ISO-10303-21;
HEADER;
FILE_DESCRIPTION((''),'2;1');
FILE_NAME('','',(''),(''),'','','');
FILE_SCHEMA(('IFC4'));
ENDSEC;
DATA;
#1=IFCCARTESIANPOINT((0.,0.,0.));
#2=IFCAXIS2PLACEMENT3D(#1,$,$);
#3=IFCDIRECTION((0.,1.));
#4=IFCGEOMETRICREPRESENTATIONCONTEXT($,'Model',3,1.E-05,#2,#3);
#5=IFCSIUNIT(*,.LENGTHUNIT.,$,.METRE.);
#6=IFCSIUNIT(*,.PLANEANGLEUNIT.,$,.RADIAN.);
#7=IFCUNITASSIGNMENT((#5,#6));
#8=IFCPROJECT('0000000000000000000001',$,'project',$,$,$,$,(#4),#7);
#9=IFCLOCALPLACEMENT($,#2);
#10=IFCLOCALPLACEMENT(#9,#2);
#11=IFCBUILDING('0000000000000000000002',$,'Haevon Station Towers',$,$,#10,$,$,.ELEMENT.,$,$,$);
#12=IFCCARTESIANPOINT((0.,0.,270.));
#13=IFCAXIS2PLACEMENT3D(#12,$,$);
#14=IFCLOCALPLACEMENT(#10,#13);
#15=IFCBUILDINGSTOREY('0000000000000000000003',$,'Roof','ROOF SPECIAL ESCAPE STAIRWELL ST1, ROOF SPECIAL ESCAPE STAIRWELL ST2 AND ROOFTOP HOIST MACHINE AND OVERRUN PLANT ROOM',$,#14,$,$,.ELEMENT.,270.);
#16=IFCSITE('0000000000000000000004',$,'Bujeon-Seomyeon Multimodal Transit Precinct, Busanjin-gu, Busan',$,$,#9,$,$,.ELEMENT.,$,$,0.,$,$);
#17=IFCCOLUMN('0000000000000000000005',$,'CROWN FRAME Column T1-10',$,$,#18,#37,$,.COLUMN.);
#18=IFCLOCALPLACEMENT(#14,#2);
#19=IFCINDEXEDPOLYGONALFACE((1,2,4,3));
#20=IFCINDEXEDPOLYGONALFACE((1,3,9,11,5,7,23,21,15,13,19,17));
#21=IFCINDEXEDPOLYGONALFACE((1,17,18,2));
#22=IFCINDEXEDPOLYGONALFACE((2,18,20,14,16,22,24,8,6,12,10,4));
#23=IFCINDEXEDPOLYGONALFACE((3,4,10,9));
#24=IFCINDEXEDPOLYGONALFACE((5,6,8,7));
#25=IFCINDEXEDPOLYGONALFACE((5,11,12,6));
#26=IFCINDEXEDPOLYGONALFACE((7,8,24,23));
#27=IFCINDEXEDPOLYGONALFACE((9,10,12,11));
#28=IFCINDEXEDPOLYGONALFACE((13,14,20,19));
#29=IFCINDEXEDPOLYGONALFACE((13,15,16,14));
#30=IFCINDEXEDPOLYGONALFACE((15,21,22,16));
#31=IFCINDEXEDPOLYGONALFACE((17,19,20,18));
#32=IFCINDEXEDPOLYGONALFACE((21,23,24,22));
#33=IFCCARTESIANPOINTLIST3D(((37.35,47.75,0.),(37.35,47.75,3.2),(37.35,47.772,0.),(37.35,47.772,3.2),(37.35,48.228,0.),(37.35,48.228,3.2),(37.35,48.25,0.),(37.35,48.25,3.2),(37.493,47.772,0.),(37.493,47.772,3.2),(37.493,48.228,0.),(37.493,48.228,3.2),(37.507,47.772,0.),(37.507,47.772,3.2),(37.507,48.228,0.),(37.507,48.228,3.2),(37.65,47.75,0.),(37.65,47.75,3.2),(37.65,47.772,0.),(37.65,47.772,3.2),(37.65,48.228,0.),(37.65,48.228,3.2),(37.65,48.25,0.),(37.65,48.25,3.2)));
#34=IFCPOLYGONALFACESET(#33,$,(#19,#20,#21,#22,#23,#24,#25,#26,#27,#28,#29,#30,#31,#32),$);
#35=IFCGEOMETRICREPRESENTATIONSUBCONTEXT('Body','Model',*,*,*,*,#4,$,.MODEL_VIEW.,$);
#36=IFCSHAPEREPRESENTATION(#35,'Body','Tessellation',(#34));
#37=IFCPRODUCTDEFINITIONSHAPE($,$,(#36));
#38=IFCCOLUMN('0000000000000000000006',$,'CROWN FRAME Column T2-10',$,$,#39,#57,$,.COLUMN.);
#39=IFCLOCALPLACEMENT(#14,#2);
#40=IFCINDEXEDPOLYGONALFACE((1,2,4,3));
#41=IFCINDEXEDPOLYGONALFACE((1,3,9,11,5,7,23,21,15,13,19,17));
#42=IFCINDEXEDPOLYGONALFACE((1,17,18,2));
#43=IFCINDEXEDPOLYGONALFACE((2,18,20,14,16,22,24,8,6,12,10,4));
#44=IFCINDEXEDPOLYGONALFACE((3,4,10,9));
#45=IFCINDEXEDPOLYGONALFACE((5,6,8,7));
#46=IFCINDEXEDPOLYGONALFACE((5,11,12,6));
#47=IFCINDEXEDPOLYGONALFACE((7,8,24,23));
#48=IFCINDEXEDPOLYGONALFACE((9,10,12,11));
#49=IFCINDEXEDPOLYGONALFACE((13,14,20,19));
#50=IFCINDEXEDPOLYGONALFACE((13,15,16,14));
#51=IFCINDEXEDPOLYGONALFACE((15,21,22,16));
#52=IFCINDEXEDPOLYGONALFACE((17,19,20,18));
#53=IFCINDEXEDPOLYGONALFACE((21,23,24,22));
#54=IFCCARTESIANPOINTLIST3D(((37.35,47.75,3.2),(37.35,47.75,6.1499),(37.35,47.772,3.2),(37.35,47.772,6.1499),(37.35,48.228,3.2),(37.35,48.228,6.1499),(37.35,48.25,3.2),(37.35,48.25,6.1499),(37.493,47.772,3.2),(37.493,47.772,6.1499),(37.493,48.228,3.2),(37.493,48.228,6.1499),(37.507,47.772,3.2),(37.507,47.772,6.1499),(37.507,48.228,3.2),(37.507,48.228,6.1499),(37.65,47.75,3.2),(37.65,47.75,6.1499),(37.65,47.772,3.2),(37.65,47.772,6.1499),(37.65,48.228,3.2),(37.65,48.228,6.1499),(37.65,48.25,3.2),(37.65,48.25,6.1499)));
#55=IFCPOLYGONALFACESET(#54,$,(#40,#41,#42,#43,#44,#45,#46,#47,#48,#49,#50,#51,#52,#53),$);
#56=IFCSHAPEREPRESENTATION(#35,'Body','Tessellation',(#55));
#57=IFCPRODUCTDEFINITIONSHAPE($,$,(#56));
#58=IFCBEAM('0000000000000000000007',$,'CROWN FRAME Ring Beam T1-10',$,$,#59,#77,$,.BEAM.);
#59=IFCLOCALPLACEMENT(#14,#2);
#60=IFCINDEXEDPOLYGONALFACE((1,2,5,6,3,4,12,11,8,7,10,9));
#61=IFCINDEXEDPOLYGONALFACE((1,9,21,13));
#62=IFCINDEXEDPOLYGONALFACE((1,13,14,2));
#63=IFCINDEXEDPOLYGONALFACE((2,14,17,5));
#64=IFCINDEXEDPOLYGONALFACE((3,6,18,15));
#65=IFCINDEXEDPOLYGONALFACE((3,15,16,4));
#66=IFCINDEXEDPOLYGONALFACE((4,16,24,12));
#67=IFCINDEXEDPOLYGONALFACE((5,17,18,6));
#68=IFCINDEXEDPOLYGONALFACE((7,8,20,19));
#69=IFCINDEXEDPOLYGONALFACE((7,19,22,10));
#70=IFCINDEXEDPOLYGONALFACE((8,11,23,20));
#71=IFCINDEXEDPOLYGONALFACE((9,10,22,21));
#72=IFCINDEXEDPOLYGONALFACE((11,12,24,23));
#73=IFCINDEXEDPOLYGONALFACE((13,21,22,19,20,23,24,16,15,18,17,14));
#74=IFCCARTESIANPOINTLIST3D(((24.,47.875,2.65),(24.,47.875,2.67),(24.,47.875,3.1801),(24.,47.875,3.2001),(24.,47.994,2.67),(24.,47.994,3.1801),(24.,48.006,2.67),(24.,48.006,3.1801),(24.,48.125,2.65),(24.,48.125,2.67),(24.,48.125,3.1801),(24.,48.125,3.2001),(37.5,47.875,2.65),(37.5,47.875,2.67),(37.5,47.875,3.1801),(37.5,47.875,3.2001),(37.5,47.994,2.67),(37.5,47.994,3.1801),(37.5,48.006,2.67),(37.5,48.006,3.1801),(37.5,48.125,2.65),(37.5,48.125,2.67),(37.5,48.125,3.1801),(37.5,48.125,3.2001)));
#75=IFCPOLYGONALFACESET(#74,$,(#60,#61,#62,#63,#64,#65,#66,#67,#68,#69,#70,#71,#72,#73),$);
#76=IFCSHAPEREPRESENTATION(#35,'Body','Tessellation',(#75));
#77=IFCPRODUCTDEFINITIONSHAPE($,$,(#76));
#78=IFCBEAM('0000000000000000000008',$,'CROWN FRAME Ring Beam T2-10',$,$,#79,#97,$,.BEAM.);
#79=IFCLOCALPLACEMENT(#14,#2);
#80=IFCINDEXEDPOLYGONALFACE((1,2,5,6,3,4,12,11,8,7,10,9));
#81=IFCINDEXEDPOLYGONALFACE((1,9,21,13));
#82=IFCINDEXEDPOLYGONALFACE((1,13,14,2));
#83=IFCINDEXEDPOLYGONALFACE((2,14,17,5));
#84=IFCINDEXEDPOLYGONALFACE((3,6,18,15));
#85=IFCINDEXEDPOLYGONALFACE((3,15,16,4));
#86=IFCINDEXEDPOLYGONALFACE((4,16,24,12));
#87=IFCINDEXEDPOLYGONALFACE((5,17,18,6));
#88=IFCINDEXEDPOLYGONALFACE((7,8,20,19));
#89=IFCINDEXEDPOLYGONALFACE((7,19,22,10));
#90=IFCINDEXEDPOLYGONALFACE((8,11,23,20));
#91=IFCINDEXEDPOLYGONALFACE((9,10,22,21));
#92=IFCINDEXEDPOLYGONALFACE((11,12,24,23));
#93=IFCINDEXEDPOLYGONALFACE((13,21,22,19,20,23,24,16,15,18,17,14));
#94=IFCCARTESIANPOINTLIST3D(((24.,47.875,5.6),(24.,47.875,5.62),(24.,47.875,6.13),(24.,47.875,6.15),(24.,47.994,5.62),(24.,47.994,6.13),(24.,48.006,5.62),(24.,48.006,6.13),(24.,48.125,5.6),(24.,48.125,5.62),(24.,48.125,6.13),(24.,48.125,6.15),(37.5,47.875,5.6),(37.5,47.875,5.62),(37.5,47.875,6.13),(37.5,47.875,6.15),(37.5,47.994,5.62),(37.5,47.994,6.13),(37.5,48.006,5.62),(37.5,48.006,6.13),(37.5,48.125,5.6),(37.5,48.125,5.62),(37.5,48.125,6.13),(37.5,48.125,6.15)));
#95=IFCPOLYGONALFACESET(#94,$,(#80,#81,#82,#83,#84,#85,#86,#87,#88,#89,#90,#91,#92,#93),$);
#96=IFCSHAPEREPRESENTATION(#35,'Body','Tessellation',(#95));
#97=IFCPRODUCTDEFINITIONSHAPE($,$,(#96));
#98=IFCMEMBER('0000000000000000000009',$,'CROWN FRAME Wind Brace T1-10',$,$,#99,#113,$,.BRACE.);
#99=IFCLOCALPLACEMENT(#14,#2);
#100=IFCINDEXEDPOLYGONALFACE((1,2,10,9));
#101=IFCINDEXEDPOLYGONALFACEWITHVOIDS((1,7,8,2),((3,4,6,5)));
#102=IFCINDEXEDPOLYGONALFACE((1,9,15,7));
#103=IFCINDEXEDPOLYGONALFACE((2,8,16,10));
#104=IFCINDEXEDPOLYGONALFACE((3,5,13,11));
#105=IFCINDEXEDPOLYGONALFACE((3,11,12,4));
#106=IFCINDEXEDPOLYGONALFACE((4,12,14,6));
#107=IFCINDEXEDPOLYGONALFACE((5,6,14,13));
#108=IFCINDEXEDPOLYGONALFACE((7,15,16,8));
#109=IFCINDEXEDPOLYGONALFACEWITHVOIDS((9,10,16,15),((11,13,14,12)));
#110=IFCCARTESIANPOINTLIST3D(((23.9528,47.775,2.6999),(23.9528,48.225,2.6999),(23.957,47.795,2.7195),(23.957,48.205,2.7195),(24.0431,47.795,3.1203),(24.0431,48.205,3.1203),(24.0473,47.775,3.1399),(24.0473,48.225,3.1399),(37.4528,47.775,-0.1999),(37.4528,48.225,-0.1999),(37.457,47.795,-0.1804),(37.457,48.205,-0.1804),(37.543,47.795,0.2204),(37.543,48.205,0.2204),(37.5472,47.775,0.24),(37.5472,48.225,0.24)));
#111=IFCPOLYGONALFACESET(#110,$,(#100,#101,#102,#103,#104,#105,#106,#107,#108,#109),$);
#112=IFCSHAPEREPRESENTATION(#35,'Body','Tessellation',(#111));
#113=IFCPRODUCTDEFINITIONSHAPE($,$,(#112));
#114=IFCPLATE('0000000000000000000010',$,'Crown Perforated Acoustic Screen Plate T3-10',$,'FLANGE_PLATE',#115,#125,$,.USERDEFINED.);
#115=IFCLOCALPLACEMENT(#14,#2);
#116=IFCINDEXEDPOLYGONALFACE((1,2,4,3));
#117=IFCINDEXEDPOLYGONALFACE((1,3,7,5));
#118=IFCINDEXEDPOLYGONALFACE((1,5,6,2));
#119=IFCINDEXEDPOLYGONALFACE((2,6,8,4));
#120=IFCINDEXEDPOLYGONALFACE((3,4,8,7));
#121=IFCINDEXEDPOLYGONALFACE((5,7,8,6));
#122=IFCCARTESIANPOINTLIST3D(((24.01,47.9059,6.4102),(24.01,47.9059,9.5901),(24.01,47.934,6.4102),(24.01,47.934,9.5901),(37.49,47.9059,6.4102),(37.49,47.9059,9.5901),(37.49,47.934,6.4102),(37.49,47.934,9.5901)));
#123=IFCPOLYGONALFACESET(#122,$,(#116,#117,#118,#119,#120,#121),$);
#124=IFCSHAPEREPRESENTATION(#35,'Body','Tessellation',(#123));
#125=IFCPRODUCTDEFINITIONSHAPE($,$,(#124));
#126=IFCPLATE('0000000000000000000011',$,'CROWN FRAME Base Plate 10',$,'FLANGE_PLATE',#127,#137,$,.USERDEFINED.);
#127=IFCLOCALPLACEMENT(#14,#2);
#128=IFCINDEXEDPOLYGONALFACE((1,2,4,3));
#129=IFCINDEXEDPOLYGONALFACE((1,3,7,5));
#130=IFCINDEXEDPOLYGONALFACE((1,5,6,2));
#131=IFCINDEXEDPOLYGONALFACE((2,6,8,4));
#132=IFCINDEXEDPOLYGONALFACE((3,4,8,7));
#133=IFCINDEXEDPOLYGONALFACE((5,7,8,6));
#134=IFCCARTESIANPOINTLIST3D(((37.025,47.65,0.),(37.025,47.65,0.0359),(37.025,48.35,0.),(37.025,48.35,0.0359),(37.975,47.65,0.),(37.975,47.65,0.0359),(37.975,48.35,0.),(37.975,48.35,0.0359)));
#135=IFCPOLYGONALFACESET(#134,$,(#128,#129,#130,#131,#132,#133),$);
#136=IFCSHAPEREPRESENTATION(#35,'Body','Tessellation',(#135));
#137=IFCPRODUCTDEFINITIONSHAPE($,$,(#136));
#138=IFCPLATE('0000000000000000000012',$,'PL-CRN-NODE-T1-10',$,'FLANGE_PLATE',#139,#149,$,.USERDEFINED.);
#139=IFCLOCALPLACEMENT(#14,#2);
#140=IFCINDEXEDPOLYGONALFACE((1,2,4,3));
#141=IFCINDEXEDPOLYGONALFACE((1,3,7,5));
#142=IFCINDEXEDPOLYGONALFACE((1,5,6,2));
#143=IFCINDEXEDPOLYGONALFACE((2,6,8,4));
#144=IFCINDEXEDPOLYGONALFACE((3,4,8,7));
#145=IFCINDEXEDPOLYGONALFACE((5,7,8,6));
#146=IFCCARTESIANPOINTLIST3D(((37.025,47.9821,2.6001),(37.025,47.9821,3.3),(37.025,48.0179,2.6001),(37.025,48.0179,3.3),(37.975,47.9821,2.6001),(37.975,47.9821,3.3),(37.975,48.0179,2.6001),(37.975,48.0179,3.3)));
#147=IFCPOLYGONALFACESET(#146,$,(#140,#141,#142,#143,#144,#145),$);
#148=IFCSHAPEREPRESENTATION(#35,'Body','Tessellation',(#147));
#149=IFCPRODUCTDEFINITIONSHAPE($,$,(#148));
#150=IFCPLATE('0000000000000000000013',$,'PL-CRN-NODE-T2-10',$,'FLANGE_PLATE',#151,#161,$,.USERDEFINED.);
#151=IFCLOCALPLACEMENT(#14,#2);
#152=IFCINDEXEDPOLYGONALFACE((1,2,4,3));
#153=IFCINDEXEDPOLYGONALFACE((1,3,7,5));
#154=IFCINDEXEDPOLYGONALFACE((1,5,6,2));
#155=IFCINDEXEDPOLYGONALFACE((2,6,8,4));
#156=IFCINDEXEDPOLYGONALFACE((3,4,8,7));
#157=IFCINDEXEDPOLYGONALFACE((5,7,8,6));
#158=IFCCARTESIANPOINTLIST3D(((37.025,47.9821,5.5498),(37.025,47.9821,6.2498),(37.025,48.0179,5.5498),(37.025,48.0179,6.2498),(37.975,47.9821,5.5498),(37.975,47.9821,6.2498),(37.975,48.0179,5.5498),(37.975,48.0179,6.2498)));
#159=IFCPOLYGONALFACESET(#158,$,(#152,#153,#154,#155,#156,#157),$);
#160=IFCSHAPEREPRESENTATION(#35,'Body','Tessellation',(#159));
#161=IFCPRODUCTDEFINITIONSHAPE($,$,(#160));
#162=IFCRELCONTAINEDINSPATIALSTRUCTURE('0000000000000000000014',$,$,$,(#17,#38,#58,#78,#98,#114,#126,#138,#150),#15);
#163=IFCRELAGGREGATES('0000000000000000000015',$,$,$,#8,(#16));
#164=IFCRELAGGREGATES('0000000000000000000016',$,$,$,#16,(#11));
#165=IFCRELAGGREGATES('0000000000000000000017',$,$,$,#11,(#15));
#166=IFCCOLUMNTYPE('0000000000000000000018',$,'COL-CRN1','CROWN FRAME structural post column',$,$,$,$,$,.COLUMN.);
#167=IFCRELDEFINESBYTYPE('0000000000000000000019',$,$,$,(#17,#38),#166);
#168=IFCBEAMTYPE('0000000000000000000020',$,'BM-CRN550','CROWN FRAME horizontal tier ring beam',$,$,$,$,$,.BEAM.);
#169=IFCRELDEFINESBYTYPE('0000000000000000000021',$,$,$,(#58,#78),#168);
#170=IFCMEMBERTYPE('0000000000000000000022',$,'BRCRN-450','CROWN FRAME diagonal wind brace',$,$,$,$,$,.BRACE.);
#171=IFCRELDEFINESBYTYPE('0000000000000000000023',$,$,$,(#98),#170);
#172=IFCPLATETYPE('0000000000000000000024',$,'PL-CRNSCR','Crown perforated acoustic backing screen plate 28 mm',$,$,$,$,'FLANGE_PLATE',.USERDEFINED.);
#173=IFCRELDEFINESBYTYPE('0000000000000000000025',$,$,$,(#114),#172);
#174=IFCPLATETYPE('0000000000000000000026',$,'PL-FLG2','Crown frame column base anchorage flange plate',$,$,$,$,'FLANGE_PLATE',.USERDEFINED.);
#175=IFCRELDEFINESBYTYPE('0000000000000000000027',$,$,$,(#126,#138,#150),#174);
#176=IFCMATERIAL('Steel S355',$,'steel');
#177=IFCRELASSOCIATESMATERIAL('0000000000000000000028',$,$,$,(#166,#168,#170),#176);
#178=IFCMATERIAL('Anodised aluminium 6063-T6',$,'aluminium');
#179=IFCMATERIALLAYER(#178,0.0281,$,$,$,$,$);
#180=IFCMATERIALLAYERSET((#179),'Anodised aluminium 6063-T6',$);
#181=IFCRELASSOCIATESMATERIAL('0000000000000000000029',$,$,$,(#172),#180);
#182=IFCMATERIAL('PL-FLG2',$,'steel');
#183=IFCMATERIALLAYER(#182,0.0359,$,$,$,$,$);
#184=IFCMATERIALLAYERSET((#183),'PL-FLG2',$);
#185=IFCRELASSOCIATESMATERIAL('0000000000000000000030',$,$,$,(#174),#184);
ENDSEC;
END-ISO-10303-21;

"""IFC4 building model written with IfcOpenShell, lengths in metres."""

from ifc_helpers import new_model, si_unit, direction, frame, origin, origin_2d, place, context, subcontext, project, spatial, rectangle, hollow_rectangle, i_section, extrude, material, layer, layer_set, material_profile, profile_set, type_object, element, save


model = new_model("IFC4")

# Units and contexts
model_context = context("Model", 3, precision=1e-05, world=origin(), true_north=direction((0.0, 1.0)))
body_context = subcontext(model_context, "Body", "Model", "MODEL_VIEW")
ifc_project = project(units=[si_unit("LENGTHUNIT", "METRE"), si_unit("PLANEANGLEUNIT", "RADIAN")], contexts=[model_context])

# Site, building, storey
site_placement = place(None, origin())
site = spatial("IfcSite", under=ifc_project, at=site_placement, Name="Bujeon-Seomyeon Multimodal Transit Precinct, Busanjin-gu, Busan", CompositionType="ELEMENT", RefElevation=0.0)
building_placement = place(site_placement, origin())
building = spatial("IfcBuilding", under=site, at=building_placement, Name="Haevon Station Towers", CompositionType="ELEMENT")
storey_placement = place(building_placement, frame((0.0, 0.0, 270.0)))
storey = spatial("IfcBuildingStorey", under=building, at=storey_placement, Name="Roof", Description="ROOF SPECIAL ESCAPE STAIRWELL ST1, ROOF SPECIAL ESCAPE STAIRWELL ST2 AND ROOFTOP HOIST MACHINE AND OVERRUN PLANT ROOM", CompositionType="ELEMENT", Elevation=270.0)

# Columns
ifc_material_1 = material(Name="Steel S355", Category="steel")
ifc_material_profile_1 = material_profile(ifc_material_1, i_section(OverallWidth=0.3, OverallDepth=0.5, WebThickness=0.0139, FlangeThickness=0.022, at=origin_2d()), Name="H-500x300x14x22")
ifc_profile_set_1 = profile_set([ifc_material_profile_1], Name="Steel S355")
column_type = type_object("IfcColumnType", Name="COL-CRN1", Description="CROWN FRAME structural post column", PredefinedType="COLUMN", material=ifc_profile_set_1)
column_1_placement = place(storey_placement, frame((37.5, 48.0, 0.0), z_axis=(0.0, 0.0, 1.0), x_axis=(1.0, 0.0, 0.0)))
element("IfcColumn", 1, at=column_1_placement, inside=storey, type_object=column_type, Name="CROWN FRAME Column T1-10", PredefinedType="COLUMN", context=body_context, shape_type="SweptSolid", body=[
    extrude(i_section(OverallWidth=0.3, OverallDepth=0.5, WebThickness=0.0139, FlangeThickness=0.022, at=origin_2d()), origin(), (0.0, 0.0, 1.0), 3.2),
])
column_2_placement = place(storey_placement, frame((37.5, 48.0, 3.2), z_axis=(0.0, 0.0, 1.0), x_axis=(1.0, 0.0, 0.0)))
element("IfcColumn", 2, at=column_2_placement, inside=storey, type_object=column_type, Name="CROWN FRAME Column T2-10", PredefinedType="COLUMN", context=body_context, shape_type="SweptSolid", body=[
    extrude(i_section(OverallWidth=0.3, OverallDepth=0.5, WebThickness=0.0139, FlangeThickness=0.022, at=origin_2d()), origin(), (0.0, 0.0, 1.0), 2.95),
])

# Beams
ifc_material_profile_2 = material_profile(ifc_material_1, i_section(OverallWidth=0.25, OverallDepth=0.55, WebThickness=0.012, FlangeThickness=0.02, at=origin_2d()), Name="H-550x250x12x20")
ifc_profile_set_2 = profile_set([ifc_material_profile_2], Name="Steel S355")
beam_type = type_object("IfcBeamType", Name="BM-CRN550", Description="CROWN FRAME horizontal tier ring beam", PredefinedType="BEAM", material=ifc_profile_set_2)
for number, where, z_axis, x_axis, name in (
    (3, (37.5, 48.0, 2.925), (-1.0, 0.0, 0.0), (0.0, -1.0, 0.0), "CROWN FRAME Ring Beam T1-10"),
    (4, (37.5, 48.0, 5.875), (-1.0, 0.0, 0.0), (0.0, -1.0, 0.0), "CROWN FRAME Ring Beam T2-10"),
):
    element("IfcBeam", number, at=place(storey_placement, frame(where, z_axis=z_axis, x_axis=x_axis)), inside=storey, type_object=beam_type, Name=name, PredefinedType="BEAM", context=body_context, shape_type="SweptSolid", body=[
        extrude(i_section(OverallWidth=0.25, OverallDepth=0.55, WebThickness=0.012, FlangeThickness=0.02, at=origin_2d()), origin(), (0.0, 0.0, 1.0), 13.5),
    ])

# Member
ifc_material_profile_3 = material_profile(ifc_material_1, hollow_rectangle(XDim=0.45, YDim=0.45, WallThickness=0.02, at=origin_2d()), Name="RHS-450x450x20")
ifc_profile_set_3 = profile_set([ifc_material_profile_3], Name="Steel S355")
member_type = type_object("IfcMemberType", Name="BRCRN-450", Description="CROWN FRAME diagonal wind brace", PredefinedType="BRACE", material=ifc_profile_set_3)
member_placement = place(storey_placement, frame((37.5, 48.0, 0.02), z_axis=(-0.977698, 0.0, 0.210017), x_axis=(0.0, -1.0, 0.0)))
element("IfcMember", 5, at=member_placement, inside=storey, type_object=member_type, Name="CROWN FRAME Wind Brace T1-10", PredefinedType="BRACE", context=body_context, shape_type="SweptSolid", body=[
    extrude(hollow_rectangle(XDim=0.45, YDim=0.45, WallThickness=0.02, at=origin_2d()), origin(), (0.0, 0.0, 1.0), 13.8079),
])

# Plates
ifc_material_2 = material(Name="Anodised aluminium 6063-T6", Category="aluminium")
ifc_layer_1 = layer(ifc_material_2, 0.0281)
ifc_layer_set_1 = layer_set([ifc_layer_1], Name="Anodised aluminium 6063-T6")
plate_type_1 = type_object("IfcPlateType", Name="PL-CRNSCR", Description="Crown perforated acoustic backing screen plate 28 mm", ElementType="FLANGE_PLATE", PredefinedType="USERDEFINED", material=ifc_layer_set_1)
plate_1_placement = place(storey_placement, frame((30.75, 47.9199, 6.4102), z_axis=(0.0, 0.0, 1.0), x_axis=(-1.0, 0.0, 0.0)))
element("IfcPlate", 6, at=plate_1_placement, inside=storey, type_object=plate_type_1, Name="Crown Perforated Acoustic Screen Plate T3-10", ObjectType="FLANGE_PLATE", PredefinedType="USERDEFINED", context=body_context, shape_type="SweptSolid", body=[
    extrude(rectangle(XDim=13.48, YDim=0.0281, at=origin_2d()), origin(), (0.0, 0.0, 1.0), 3.1799),
])
ifc_material_3 = material(Name="PL-FLG2", Category="steel")
ifc_layer_2 = layer(ifc_material_3, 0.0359)
ifc_layer_set_2 = layer_set([ifc_layer_2], Name="PL-FLG2")
plate_type_2 = type_object("IfcPlateType", Name="PL-FLG2", Description="Crown frame column base anchorage flange plate", ElementType="FLANGE_PLATE", PredefinedType="USERDEFINED", material=ifc_layer_set_2)
plate_2_placement = place(storey_placement, frame((37.5, 48.0, 0.0), z_axis=(0.0, 0.0, 1.0), x_axis=(1.0, 0.0, 0.0)))
element("IfcPlate", 7, at=plate_2_placement, inside=storey, type_object=plate_type_2, Name="CROWN FRAME Base Plate 10", ObjectType="FLANGE_PLATE", PredefinedType="USERDEFINED", context=body_context, shape_type="SweptSolid", body=[
    extrude(rectangle(XDim=0.95, YDim=0.7, at=origin_2d()), origin(), (0.0, 0.0, 1.0), 0.0359),
])
for number, where, z_axis, x_axis, name in (
    (8, (37.5, 48.0, 2.6001), (0.0, 0.0, 1.0), (-1.0, 0.0, 0.0), "PL-CRN-NODE-T1-10"),
    (9, (37.5, 48.0, 5.5498), (0.0, 0.0, 1.0), (-1.0, 0.0, 0.0), "PL-CRN-NODE-T2-10"),
):
    element("IfcPlate", number, at=place(storey_placement, frame(where, z_axis=z_axis, x_axis=x_axis)), inside=storey, type_object=plate_type_2, Name=name, ObjectType="FLANGE_PLATE", PredefinedType="USERDEFINED", context=body_context, shape_type="SweptSolid", body=[
        extrude(rectangle(XDim=0.95, YDim=0.0359, at=origin_2d()), origin(), (0.0, 0.0, 1.0), 0.7),
    ])

save(model, "model.ifc")
